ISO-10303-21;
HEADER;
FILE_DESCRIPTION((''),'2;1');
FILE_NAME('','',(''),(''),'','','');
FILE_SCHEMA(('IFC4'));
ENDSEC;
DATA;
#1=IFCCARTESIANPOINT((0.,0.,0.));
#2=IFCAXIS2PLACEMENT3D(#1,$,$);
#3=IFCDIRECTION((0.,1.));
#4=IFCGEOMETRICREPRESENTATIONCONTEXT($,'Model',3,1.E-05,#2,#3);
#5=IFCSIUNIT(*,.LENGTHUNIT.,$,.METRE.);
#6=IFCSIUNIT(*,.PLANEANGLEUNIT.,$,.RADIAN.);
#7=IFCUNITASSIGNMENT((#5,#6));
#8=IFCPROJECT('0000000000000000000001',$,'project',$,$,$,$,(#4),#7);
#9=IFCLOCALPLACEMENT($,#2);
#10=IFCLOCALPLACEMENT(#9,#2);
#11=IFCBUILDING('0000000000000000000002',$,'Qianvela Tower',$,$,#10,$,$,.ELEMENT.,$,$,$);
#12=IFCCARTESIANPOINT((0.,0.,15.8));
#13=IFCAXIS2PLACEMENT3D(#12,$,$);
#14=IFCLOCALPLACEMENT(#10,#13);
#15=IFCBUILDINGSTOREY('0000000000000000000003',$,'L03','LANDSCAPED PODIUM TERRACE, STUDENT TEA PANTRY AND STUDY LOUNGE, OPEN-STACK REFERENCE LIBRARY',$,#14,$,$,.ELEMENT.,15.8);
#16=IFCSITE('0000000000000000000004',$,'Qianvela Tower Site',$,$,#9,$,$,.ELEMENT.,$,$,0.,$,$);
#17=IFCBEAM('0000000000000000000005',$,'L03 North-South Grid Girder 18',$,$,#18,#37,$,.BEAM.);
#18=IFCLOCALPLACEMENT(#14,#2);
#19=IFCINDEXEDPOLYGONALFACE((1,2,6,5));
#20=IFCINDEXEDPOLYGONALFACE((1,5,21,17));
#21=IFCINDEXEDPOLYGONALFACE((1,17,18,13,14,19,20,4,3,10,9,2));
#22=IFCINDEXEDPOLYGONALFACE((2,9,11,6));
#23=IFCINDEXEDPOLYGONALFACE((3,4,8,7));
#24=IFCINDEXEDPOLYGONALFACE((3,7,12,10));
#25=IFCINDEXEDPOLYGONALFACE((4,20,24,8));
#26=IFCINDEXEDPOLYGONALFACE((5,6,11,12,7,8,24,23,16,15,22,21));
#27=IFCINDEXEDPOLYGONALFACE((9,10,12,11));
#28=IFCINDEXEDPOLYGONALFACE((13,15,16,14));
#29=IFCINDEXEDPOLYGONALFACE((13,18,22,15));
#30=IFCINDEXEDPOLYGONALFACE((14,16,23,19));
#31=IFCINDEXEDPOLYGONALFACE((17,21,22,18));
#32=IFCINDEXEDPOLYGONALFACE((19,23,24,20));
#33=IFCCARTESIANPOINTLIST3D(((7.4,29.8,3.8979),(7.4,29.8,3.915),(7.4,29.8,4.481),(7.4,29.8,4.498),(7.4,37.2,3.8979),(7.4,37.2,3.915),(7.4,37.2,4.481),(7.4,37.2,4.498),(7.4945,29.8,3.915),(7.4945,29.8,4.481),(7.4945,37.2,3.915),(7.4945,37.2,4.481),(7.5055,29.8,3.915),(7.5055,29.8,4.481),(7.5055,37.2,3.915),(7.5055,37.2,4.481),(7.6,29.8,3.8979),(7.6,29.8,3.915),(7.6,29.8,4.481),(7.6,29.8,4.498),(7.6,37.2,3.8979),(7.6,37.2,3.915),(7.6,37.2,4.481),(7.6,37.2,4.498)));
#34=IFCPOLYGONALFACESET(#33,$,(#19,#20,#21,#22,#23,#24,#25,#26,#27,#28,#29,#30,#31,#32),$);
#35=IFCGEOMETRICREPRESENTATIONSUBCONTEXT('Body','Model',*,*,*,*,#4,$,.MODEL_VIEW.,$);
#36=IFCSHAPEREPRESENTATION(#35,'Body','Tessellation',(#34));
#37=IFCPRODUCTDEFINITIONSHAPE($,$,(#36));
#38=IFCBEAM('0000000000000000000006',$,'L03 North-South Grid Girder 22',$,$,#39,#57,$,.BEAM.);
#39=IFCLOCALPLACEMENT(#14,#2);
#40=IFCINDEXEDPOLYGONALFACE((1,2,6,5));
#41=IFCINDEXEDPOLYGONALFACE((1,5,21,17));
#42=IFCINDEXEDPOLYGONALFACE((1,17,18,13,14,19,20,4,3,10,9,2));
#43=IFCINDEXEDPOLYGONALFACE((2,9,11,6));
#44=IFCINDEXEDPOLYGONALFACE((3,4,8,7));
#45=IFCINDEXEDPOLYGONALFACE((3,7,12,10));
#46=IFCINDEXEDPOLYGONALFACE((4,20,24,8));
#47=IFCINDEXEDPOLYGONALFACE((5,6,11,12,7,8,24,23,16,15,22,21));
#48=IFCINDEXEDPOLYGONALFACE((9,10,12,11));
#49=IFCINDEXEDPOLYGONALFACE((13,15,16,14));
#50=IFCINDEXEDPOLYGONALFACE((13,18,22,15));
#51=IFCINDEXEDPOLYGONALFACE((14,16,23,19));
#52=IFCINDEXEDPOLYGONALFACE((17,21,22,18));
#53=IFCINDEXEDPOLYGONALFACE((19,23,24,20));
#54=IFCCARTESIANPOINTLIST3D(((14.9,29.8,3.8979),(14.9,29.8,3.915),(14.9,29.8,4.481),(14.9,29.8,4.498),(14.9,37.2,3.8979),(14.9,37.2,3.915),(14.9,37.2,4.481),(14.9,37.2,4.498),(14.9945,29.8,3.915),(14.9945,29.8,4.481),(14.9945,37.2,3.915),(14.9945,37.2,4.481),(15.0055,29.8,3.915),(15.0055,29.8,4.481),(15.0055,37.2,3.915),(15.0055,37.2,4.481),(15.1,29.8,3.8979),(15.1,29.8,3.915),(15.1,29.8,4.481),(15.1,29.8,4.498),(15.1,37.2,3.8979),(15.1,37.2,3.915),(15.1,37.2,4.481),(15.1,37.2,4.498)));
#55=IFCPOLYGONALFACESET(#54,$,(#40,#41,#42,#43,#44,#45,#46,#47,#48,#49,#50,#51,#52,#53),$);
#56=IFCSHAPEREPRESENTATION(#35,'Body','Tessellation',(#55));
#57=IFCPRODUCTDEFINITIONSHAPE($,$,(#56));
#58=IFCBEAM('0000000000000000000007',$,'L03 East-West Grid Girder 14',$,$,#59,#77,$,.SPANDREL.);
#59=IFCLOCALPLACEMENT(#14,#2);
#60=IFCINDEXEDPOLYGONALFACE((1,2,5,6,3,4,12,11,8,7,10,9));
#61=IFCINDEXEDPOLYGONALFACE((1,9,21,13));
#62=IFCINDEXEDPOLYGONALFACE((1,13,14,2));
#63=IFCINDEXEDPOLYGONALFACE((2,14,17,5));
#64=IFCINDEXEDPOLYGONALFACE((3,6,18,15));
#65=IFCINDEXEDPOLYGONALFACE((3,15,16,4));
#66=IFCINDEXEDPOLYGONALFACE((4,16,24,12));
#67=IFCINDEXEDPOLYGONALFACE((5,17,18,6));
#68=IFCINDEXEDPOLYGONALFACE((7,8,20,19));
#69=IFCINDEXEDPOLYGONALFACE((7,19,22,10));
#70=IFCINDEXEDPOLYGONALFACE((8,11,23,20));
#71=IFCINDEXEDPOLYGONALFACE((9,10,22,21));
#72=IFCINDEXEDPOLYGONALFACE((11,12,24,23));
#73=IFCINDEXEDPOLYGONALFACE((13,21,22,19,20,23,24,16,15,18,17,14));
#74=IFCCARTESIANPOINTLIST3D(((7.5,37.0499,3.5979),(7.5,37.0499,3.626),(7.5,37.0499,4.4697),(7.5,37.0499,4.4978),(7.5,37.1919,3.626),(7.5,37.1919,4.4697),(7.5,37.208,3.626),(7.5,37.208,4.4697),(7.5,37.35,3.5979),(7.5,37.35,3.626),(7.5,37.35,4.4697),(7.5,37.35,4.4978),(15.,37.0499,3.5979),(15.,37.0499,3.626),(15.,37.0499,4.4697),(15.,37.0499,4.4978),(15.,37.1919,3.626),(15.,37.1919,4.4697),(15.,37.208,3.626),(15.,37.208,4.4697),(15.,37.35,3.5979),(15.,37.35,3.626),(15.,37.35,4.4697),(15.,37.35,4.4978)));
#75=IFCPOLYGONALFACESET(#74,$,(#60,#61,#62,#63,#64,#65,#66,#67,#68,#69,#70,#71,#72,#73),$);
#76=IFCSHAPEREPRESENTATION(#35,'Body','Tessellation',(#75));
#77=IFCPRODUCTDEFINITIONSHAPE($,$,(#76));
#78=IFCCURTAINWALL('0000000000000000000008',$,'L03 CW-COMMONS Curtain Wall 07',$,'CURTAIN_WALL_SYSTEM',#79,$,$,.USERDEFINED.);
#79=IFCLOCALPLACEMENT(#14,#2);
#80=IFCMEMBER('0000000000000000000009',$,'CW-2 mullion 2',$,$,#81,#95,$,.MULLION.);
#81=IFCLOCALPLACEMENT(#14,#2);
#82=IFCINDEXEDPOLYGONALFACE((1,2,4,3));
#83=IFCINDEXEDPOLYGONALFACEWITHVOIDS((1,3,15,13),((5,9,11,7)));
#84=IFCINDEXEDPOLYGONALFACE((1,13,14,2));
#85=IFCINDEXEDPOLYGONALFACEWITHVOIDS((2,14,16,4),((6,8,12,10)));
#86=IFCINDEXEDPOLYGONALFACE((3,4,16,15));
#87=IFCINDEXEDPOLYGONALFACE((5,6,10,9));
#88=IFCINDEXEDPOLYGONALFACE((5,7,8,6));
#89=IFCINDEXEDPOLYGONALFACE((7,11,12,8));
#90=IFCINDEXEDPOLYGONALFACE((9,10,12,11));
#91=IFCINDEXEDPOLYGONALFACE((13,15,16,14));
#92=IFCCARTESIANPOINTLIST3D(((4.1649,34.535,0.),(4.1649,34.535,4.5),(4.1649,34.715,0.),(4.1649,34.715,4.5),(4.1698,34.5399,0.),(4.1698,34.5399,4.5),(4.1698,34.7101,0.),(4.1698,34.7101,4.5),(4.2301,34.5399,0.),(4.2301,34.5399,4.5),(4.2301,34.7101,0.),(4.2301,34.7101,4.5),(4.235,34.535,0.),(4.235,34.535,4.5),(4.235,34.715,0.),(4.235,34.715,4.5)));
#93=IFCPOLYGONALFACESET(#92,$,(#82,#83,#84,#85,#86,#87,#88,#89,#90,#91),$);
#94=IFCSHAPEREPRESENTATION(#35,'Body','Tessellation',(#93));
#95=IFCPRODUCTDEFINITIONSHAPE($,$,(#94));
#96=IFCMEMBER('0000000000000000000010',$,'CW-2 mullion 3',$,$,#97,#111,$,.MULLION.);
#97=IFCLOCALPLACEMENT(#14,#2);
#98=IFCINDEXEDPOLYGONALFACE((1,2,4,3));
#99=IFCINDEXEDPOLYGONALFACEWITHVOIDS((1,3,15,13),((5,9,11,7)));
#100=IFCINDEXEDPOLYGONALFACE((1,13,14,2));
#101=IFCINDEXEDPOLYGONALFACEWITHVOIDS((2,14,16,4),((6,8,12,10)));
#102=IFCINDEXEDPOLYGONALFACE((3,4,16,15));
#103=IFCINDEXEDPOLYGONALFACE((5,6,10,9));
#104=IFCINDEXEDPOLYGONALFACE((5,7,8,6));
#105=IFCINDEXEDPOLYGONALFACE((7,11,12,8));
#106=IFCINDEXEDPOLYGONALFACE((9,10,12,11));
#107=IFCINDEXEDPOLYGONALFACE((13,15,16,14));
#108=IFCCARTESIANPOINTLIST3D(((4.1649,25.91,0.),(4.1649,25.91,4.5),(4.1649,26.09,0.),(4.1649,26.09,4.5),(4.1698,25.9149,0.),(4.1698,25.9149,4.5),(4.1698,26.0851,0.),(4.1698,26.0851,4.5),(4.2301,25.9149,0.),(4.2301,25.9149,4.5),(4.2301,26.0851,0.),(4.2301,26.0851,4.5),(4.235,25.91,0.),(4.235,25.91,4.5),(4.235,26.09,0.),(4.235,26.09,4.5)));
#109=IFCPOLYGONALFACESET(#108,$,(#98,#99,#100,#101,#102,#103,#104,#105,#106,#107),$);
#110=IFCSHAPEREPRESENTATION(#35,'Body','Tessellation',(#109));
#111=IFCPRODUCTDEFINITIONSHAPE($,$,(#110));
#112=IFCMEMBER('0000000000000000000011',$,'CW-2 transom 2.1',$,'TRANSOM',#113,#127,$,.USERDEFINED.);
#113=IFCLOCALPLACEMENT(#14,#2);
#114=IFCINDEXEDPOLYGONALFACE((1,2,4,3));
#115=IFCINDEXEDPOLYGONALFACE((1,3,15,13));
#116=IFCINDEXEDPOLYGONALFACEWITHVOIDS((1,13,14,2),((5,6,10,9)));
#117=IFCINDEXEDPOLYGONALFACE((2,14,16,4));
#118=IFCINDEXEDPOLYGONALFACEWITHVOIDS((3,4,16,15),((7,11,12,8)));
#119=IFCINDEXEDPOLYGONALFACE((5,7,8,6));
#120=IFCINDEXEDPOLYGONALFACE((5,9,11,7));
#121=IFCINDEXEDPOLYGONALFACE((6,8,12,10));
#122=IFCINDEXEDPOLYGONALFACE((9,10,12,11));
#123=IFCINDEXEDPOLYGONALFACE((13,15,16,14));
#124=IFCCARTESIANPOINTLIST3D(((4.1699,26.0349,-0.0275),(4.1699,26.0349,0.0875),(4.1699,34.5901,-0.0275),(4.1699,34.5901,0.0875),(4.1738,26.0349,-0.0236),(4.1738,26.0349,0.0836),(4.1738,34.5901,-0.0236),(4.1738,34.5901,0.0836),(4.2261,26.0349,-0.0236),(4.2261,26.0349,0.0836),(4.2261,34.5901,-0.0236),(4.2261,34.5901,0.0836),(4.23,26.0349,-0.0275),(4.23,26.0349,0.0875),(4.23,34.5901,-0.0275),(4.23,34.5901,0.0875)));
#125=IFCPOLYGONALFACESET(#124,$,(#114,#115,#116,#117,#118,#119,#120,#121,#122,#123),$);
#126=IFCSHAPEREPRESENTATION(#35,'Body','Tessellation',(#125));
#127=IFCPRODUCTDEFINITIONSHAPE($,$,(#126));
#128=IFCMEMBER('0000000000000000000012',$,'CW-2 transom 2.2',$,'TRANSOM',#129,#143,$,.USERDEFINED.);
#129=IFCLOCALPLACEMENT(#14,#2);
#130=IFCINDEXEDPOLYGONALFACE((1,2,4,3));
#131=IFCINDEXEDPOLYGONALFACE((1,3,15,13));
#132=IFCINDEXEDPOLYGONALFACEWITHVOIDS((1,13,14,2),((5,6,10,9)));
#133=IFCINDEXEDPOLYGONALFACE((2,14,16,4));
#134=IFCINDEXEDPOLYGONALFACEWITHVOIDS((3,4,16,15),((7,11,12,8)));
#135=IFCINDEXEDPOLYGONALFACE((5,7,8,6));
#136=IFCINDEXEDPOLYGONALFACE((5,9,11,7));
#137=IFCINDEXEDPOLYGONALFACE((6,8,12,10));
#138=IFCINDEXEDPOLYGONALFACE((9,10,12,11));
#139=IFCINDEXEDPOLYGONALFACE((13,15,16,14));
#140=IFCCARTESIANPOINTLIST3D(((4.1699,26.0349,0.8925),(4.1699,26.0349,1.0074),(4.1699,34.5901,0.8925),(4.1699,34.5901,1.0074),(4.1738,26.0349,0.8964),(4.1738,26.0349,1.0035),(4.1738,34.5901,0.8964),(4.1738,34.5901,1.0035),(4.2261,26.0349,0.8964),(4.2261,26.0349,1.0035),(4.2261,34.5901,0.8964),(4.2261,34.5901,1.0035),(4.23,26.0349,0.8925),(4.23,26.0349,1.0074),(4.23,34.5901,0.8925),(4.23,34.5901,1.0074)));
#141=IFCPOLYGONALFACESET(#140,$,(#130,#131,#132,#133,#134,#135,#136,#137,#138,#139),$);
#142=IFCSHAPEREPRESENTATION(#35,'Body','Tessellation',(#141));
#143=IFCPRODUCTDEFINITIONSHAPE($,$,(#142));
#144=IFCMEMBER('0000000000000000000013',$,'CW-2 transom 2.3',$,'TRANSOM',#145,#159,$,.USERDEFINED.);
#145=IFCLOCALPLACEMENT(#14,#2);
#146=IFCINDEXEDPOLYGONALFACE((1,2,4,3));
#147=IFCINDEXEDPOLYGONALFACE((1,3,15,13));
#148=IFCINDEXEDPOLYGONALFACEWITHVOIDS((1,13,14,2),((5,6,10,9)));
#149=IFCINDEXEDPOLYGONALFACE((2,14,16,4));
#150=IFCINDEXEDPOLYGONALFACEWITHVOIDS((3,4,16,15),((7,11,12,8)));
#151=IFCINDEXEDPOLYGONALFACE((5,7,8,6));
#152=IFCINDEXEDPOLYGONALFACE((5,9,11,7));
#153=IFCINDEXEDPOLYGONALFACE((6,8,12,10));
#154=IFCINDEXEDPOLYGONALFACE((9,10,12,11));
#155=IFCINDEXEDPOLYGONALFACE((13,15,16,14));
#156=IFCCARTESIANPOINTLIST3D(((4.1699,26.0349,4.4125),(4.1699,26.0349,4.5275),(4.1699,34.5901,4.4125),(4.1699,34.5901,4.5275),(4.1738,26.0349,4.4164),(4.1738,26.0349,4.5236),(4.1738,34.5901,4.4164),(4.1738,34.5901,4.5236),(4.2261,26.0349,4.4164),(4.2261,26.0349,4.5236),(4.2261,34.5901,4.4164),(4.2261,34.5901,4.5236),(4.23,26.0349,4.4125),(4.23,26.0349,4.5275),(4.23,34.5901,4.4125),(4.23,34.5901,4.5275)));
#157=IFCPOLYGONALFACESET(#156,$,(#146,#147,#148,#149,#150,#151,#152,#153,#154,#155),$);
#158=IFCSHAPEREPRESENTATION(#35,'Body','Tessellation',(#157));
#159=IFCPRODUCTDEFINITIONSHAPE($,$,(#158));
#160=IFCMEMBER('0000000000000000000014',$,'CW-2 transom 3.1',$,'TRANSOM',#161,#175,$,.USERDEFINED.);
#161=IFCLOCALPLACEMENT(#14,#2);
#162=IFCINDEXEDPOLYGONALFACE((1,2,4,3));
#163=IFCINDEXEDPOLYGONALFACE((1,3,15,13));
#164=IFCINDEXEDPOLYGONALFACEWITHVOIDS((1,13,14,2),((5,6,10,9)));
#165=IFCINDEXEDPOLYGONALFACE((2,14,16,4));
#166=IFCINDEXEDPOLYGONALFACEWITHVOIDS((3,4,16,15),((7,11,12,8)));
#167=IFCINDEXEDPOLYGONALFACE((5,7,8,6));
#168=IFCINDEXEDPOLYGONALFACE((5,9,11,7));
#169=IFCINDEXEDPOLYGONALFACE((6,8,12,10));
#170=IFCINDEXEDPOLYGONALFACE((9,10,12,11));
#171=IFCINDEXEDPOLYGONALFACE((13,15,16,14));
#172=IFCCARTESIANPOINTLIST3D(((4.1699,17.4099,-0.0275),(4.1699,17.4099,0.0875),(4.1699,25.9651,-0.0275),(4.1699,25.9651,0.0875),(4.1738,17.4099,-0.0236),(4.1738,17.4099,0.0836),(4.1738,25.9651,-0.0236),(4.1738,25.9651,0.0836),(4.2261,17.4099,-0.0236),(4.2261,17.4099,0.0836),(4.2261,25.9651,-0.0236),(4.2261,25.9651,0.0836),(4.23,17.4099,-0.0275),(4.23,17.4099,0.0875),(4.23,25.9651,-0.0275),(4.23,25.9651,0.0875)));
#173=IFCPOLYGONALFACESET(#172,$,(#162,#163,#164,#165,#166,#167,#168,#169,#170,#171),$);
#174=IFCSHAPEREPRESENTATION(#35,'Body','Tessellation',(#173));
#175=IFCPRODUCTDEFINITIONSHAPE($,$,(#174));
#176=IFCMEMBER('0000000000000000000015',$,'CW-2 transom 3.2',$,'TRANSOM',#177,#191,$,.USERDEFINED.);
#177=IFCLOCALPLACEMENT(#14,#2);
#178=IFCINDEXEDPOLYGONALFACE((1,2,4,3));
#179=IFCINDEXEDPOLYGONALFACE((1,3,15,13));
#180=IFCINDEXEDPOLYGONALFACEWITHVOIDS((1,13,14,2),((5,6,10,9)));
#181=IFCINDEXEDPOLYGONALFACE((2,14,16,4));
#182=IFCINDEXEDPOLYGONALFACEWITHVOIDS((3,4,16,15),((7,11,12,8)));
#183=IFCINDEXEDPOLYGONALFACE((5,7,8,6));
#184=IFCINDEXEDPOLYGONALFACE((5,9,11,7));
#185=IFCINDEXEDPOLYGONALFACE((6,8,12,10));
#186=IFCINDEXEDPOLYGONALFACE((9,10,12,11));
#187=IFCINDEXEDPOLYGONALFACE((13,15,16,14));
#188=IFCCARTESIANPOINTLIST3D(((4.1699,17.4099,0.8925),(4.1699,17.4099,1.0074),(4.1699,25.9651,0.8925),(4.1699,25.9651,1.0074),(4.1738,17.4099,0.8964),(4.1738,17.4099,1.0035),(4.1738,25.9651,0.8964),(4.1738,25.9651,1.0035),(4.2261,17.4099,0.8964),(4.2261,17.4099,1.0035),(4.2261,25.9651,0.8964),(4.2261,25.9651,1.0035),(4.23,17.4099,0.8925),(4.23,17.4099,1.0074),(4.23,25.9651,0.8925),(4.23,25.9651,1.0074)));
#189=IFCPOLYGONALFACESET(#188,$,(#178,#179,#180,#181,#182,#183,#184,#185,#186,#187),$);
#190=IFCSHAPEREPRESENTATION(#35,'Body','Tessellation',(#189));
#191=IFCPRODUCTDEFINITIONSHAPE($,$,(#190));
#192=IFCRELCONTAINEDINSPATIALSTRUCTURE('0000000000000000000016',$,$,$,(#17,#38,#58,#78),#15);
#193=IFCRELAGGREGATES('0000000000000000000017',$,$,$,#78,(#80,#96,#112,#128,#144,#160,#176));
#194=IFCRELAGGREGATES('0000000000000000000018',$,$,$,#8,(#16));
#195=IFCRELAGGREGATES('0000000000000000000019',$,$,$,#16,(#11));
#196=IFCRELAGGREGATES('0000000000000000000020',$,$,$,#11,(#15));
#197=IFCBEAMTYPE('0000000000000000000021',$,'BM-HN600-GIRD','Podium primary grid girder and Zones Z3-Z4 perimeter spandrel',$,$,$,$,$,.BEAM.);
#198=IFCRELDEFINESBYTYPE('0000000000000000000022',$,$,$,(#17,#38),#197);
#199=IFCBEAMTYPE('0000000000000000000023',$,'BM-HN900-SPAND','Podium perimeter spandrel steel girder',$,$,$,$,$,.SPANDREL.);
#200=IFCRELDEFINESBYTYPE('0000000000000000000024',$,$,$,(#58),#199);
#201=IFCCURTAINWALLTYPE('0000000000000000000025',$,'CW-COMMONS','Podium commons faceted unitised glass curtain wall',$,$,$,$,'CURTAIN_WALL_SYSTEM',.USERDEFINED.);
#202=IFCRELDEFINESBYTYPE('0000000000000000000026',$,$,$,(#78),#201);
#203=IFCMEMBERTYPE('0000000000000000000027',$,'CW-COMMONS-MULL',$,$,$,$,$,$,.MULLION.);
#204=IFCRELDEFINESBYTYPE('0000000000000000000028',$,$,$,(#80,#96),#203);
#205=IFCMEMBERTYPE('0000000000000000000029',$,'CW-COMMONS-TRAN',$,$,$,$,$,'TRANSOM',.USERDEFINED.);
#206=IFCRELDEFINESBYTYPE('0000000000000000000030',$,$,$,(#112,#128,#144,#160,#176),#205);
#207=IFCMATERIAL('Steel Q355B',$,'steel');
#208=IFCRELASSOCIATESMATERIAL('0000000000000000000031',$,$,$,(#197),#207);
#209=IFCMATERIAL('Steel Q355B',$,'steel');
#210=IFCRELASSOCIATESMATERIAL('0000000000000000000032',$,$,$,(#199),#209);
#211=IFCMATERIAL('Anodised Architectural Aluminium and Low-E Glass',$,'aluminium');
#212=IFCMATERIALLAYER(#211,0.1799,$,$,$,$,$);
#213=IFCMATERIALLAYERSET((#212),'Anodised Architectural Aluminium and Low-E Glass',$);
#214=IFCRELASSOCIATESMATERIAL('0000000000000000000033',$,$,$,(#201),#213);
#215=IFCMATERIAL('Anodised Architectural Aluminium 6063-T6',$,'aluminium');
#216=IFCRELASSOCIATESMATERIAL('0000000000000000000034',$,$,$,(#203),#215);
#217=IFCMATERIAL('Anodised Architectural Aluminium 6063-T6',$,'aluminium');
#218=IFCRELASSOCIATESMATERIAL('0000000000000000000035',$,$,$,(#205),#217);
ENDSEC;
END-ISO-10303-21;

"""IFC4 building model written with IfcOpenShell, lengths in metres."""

from ifc_helpers import new_model, si_unit, direction, frame, origin, origin_2d, place, context, subcontext, project, spatial, hollow_rectangle, i_section, extrude, material, layer, layer_set, material_profile, profile_set, type_object, element, aggregate, save


model = new_model("IFC4")

# Units and contexts
model_context = context("Model", 3, precision=1e-05, world=origin(), true_north=direction((0.0, 1.0)))
body_context = subcontext(model_context, "Body", "Model", "MODEL_VIEW")
ifc_project = project(units=[si_unit("LENGTHUNIT", "METRE"), si_unit("PLANEANGLEUNIT", "RADIAN")], contexts=[model_context])

# Site, building, storey
site_placement = place(None, origin())
site = spatial("IfcSite", under=ifc_project, at=site_placement, Name="Qianvela Tower Site", CompositionType="ELEMENT", RefElevation=0.0)
building_placement = place(site_placement, origin())
building = spatial("IfcBuilding", under=site, at=building_placement, Name="Qianvela Tower", CompositionType="ELEMENT")
storey_placement = place(building_placement, frame((0.0, 0.0, 15.8)))
storey = spatial("IfcBuildingStorey", under=building, at=storey_placement, Name="L03", Description="LANDSCAPED PODIUM TERRACE, STUDENT TEA PANTRY AND STUDY LOUNGE, OPEN-STACK REFERENCE LIBRARY", CompositionType="ELEMENT", Elevation=15.8)

# Beams
ifc_material_1 = material(Name="Steel Q355B", Category="steel")
ifc_material_profile_1 = material_profile(ifc_material_1, i_section(OverallWidth=0.2, OverallDepth=0.6001, WebThickness=0.011, FlangeThickness=0.0171, at=origin_2d()), Name="HN600x200x11x17")
ifc_profile_set_1 = profile_set([ifc_material_profile_1], Name="Steel Q355B")
beam_type_1 = type_object("IfcBeamType", Name="BM-HN600-GIRD", Description="Podium primary grid girder and Zones Z3-Z4 perimeter spandrel", PredefinedType="BEAM", material=ifc_profile_set_1)
for number, where, z_axis, x_axis, name in (
    (1, (7.5, 29.8, 4.198), (0.0, 1.0, 0.0), (-1.0, 0.0, 0.0), "L03 North-South Grid Girder 18"),
    (2, (15.0, 29.8, 4.198), (0.0, 1.0, 0.0), (-1.0, 0.0, 0.0), "L03 North-South Grid Girder 22"),
):
    element("IfcBeam", number, at=place(storey_placement, frame(where, z_axis=z_axis, x_axis=x_axis)), inside=storey, type_object=beam_type_1, Name=name, PredefinedType="BEAM", context=body_context, shape_type="SweptSolid", body=[
        extrude(i_section(OverallWidth=0.2, OverallDepth=0.6001, WebThickness=0.011, FlangeThickness=0.0171, at=origin_2d()), origin(), (0.0, 0.0, 1.0), 7.3999),
    ])
ifc_material_2 = material(Name="Steel Q355B", Category="steel")
ifc_material_profile_2 = material_profile(ifc_material_2, i_section(OverallWidth=0.3, OverallDepth=0.8999, WebThickness=0.0161, FlangeThickness=0.0281, at=origin_2d()), Name="HN900x300x16x28")
ifc_profile_set_2 = profile_set([ifc_material_profile_2], Name="Steel Q355B")
beam_type_2 = type_object("IfcBeamType", Name="BM-HN900-SPAND", Description="Podium perimeter spandrel steel girder", PredefinedType="SPANDREL", material=ifc_profile_set_2)
beam_placement = place(storey_placement, frame((7.5, 37.2, 4.0479), z_axis=(1.0, 0.0, 0.0), x_axis=(0.0, 1.0, 0.0)))
element("IfcBeam", 3, at=beam_placement, inside=storey, type_object=beam_type_2, Name="L03 East-West Grid Girder 14", PredefinedType="SPANDREL", context=body_context, shape_type="SweptSolid", body=[
    extrude(i_section(OverallWidth=0.3, OverallDepth=0.8999, WebThickness=0.0161, FlangeThickness=0.0281, at=origin_2d()), origin(), (0.0, 0.0, 1.0), 7.5),
])

# Curtain wall, members
ifc_material_3 = material(Name="Anodised Architectural Aluminium and Low-E Glass", Category="aluminium")
ifc_layer_1 = layer(ifc_material_3, 0.1799)
ifc_layer_set_1 = layer_set([ifc_layer_1], Name="Anodised Architectural Aluminium and Low-E Glass")
curtain_wall_type = type_object("IfcCurtainWallType", Name="CW-COMMONS", Description="Podium commons faceted unitised glass curtain wall", ElementType="CURTAIN_WALL_SYSTEM", PredefinedType="USERDEFINED", material=ifc_layer_set_1)
curtain_wall_placement = place(storey_placement, origin())
curtain_wall = element("IfcCurtainWall", 4, at=curtain_wall_placement, inside=storey, type_object=curtain_wall_type, Name="L03 CW-COMMONS Curtain Wall 07", ObjectType="CURTAIN_WALL_SYSTEM", PredefinedType="USERDEFINED")
ifc_material_4 = material(Name="Anodised Architectural Aluminium 6063-T6", Category="aluminium")
ifc_material_profile_3 = material_profile(ifc_material_4, hollow_rectangle(XDim=0.0701, YDim=0.1799, WallThickness=0.0049, at=origin_2d()), Name="ALU-MULL-70x180")
ifc_profile_set_3 = profile_set([ifc_material_profile_3], Name="Anodised Architectural Aluminium 6063-T6")
member_type_1 = type_object("IfcMemberType", Name="CW-COMMONS-MULL", PredefinedType="MULLION", material=ifc_profile_set_3)
member_1_placement = place(storey_placement, frame((4.2, 34.625, 0.0), z_axis=(0.0, 0.0, 1.0), x_axis=(1.0, 0.0, 0.0)))
member_1 = element("IfcMember", 5, at=member_1_placement, type_object=member_type_1, Name="CW-2 mullion 2", PredefinedType="MULLION", context=body_context, shape_type="SweptSolid", body=[
    extrude(hollow_rectangle(XDim=0.0701, YDim=0.1799, WallThickness=0.0049, at=origin_2d()), origin(), (0.0, 0.0, 1.0), 4.5),
])
member_2_placement = place(storey_placement, frame((4.2, 26.0, 0.0), z_axis=(0.0, 0.0, 1.0), x_axis=(1.0, 0.0, 0.0)))
member_2 = element("IfcMember", 6, at=member_2_placement, type_object=member_type_1, Name="CW-2 mullion 3", PredefinedType="MULLION", context=body_context, shape_type="SweptSolid", body=[
    extrude(hollow_rectangle(XDim=0.0701, YDim=0.1799, WallThickness=0.0049, at=origin_2d()), origin(), (0.0, 0.0, 1.0), 4.5),
])
ifc_material_5 = material(Name="Anodised Architectural Aluminium 6063-T6", Category="aluminium")
ifc_material_profile_4 = material_profile(ifc_material_5, hollow_rectangle(XDim=0.0601, YDim=0.115, WallThickness=0.0039, at=origin_2d()), Name="ALU-TRAN-60x115")
ifc_profile_set_4 = profile_set([ifc_material_profile_4], Name="Anodised Architectural Aluminium 6063-T6")
member_type_2 = type_object("IfcMemberType", Name="CW-COMMONS-TRAN", ElementType="TRANSOM", PredefinedType="USERDEFINED", material=ifc_profile_set_4)
member_3_placement = place(storey_placement, frame((4.2, 34.5901, 0.03), z_axis=(0.0, -1.0, 0.0), x_axis=(1.0, 0.0, 0.0)))
member_3 = element("IfcMember", 7, at=member_3_placement, type_object=member_type_2, Name="CW-2 transom 2.1", ObjectType="TRANSOM", PredefinedType="USERDEFINED", context=body_context, shape_type="SweptSolid", body=[
    extrude(hollow_rectangle(XDim=0.0601, YDim=0.115, WallThickness=0.0039, at=origin_2d()), origin(), (0.0, 0.0, 1.0), 8.5552),
])
member_4_placement = place(storey_placement, frame((4.2, 34.5901, 0.95), z_axis=(0.0, -1.0, 0.0), x_axis=(1.0, 0.0, 0.0)))
member_4 = element("IfcMember", 8, at=member_4_placement, type_object=member_type_2, Name="CW-2 transom 2.2", ObjectType="TRANSOM", PredefinedType="USERDEFINED", context=body_context, shape_type="SweptSolid", body=[
    extrude(hollow_rectangle(XDim=0.0601, YDim=0.115, WallThickness=0.0039, at=origin_2d()), origin(), (0.0, 0.0, 1.0), 8.5552),
])
member_5_placement = place(storey_placement, frame((4.2, 34.5901, 4.47), z_axis=(0.0, -1.0, 0.0), x_axis=(1.0, 0.0, 0.0)))
member_5 = element("IfcMember", 9, at=member_5_placement, type_object=member_type_2, Name="CW-2 transom 2.3", ObjectType="TRANSOM", PredefinedType="USERDEFINED", context=body_context, shape_type="SweptSolid", body=[
    extrude(hollow_rectangle(XDim=0.0601, YDim=0.115, WallThickness=0.0039, at=origin_2d()), origin(), (0.0, 0.0, 1.0), 8.5552),
])
member_6_placement = place(storey_placement, frame((4.2, 25.9651, 0.03), z_axis=(0.0, -1.0, 0.0), x_axis=(1.0, 0.0, 0.0)))
member_6 = element("IfcMember", 10, at=member_6_placement, type_object=member_type_2, Name="CW-2 transom 3.1", ObjectType="TRANSOM", PredefinedType="USERDEFINED", context=body_context, shape_type="SweptSolid", body=[
    extrude(hollow_rectangle(XDim=0.0601, YDim=0.115, WallThickness=0.0039, at=origin_2d()), origin(), (0.0, 0.0, 1.0), 8.5552),
])
member_7_placement = place(storey_placement, frame((4.2, 25.9651, 0.95), z_axis=(0.0, -1.0, 0.0), x_axis=(1.0, 0.0, 0.0)))
member_7 = element("IfcMember", 11, at=member_7_placement, type_object=member_type_2, Name="CW-2 transom 3.2", ObjectType="TRANSOM", PredefinedType="USERDEFINED", context=body_context, shape_type="SweptSolid", body=[
    extrude(hollow_rectangle(XDim=0.0601, YDim=0.115, WallThickness=0.0039, at=origin_2d()), origin(), (0.0, 0.0, 1.0), 8.5552),
])
aggregate(curtain_wall, [member_1, member_2, member_3, member_4, member_5, member_6, member_7])

save(model, "model.ifc")
